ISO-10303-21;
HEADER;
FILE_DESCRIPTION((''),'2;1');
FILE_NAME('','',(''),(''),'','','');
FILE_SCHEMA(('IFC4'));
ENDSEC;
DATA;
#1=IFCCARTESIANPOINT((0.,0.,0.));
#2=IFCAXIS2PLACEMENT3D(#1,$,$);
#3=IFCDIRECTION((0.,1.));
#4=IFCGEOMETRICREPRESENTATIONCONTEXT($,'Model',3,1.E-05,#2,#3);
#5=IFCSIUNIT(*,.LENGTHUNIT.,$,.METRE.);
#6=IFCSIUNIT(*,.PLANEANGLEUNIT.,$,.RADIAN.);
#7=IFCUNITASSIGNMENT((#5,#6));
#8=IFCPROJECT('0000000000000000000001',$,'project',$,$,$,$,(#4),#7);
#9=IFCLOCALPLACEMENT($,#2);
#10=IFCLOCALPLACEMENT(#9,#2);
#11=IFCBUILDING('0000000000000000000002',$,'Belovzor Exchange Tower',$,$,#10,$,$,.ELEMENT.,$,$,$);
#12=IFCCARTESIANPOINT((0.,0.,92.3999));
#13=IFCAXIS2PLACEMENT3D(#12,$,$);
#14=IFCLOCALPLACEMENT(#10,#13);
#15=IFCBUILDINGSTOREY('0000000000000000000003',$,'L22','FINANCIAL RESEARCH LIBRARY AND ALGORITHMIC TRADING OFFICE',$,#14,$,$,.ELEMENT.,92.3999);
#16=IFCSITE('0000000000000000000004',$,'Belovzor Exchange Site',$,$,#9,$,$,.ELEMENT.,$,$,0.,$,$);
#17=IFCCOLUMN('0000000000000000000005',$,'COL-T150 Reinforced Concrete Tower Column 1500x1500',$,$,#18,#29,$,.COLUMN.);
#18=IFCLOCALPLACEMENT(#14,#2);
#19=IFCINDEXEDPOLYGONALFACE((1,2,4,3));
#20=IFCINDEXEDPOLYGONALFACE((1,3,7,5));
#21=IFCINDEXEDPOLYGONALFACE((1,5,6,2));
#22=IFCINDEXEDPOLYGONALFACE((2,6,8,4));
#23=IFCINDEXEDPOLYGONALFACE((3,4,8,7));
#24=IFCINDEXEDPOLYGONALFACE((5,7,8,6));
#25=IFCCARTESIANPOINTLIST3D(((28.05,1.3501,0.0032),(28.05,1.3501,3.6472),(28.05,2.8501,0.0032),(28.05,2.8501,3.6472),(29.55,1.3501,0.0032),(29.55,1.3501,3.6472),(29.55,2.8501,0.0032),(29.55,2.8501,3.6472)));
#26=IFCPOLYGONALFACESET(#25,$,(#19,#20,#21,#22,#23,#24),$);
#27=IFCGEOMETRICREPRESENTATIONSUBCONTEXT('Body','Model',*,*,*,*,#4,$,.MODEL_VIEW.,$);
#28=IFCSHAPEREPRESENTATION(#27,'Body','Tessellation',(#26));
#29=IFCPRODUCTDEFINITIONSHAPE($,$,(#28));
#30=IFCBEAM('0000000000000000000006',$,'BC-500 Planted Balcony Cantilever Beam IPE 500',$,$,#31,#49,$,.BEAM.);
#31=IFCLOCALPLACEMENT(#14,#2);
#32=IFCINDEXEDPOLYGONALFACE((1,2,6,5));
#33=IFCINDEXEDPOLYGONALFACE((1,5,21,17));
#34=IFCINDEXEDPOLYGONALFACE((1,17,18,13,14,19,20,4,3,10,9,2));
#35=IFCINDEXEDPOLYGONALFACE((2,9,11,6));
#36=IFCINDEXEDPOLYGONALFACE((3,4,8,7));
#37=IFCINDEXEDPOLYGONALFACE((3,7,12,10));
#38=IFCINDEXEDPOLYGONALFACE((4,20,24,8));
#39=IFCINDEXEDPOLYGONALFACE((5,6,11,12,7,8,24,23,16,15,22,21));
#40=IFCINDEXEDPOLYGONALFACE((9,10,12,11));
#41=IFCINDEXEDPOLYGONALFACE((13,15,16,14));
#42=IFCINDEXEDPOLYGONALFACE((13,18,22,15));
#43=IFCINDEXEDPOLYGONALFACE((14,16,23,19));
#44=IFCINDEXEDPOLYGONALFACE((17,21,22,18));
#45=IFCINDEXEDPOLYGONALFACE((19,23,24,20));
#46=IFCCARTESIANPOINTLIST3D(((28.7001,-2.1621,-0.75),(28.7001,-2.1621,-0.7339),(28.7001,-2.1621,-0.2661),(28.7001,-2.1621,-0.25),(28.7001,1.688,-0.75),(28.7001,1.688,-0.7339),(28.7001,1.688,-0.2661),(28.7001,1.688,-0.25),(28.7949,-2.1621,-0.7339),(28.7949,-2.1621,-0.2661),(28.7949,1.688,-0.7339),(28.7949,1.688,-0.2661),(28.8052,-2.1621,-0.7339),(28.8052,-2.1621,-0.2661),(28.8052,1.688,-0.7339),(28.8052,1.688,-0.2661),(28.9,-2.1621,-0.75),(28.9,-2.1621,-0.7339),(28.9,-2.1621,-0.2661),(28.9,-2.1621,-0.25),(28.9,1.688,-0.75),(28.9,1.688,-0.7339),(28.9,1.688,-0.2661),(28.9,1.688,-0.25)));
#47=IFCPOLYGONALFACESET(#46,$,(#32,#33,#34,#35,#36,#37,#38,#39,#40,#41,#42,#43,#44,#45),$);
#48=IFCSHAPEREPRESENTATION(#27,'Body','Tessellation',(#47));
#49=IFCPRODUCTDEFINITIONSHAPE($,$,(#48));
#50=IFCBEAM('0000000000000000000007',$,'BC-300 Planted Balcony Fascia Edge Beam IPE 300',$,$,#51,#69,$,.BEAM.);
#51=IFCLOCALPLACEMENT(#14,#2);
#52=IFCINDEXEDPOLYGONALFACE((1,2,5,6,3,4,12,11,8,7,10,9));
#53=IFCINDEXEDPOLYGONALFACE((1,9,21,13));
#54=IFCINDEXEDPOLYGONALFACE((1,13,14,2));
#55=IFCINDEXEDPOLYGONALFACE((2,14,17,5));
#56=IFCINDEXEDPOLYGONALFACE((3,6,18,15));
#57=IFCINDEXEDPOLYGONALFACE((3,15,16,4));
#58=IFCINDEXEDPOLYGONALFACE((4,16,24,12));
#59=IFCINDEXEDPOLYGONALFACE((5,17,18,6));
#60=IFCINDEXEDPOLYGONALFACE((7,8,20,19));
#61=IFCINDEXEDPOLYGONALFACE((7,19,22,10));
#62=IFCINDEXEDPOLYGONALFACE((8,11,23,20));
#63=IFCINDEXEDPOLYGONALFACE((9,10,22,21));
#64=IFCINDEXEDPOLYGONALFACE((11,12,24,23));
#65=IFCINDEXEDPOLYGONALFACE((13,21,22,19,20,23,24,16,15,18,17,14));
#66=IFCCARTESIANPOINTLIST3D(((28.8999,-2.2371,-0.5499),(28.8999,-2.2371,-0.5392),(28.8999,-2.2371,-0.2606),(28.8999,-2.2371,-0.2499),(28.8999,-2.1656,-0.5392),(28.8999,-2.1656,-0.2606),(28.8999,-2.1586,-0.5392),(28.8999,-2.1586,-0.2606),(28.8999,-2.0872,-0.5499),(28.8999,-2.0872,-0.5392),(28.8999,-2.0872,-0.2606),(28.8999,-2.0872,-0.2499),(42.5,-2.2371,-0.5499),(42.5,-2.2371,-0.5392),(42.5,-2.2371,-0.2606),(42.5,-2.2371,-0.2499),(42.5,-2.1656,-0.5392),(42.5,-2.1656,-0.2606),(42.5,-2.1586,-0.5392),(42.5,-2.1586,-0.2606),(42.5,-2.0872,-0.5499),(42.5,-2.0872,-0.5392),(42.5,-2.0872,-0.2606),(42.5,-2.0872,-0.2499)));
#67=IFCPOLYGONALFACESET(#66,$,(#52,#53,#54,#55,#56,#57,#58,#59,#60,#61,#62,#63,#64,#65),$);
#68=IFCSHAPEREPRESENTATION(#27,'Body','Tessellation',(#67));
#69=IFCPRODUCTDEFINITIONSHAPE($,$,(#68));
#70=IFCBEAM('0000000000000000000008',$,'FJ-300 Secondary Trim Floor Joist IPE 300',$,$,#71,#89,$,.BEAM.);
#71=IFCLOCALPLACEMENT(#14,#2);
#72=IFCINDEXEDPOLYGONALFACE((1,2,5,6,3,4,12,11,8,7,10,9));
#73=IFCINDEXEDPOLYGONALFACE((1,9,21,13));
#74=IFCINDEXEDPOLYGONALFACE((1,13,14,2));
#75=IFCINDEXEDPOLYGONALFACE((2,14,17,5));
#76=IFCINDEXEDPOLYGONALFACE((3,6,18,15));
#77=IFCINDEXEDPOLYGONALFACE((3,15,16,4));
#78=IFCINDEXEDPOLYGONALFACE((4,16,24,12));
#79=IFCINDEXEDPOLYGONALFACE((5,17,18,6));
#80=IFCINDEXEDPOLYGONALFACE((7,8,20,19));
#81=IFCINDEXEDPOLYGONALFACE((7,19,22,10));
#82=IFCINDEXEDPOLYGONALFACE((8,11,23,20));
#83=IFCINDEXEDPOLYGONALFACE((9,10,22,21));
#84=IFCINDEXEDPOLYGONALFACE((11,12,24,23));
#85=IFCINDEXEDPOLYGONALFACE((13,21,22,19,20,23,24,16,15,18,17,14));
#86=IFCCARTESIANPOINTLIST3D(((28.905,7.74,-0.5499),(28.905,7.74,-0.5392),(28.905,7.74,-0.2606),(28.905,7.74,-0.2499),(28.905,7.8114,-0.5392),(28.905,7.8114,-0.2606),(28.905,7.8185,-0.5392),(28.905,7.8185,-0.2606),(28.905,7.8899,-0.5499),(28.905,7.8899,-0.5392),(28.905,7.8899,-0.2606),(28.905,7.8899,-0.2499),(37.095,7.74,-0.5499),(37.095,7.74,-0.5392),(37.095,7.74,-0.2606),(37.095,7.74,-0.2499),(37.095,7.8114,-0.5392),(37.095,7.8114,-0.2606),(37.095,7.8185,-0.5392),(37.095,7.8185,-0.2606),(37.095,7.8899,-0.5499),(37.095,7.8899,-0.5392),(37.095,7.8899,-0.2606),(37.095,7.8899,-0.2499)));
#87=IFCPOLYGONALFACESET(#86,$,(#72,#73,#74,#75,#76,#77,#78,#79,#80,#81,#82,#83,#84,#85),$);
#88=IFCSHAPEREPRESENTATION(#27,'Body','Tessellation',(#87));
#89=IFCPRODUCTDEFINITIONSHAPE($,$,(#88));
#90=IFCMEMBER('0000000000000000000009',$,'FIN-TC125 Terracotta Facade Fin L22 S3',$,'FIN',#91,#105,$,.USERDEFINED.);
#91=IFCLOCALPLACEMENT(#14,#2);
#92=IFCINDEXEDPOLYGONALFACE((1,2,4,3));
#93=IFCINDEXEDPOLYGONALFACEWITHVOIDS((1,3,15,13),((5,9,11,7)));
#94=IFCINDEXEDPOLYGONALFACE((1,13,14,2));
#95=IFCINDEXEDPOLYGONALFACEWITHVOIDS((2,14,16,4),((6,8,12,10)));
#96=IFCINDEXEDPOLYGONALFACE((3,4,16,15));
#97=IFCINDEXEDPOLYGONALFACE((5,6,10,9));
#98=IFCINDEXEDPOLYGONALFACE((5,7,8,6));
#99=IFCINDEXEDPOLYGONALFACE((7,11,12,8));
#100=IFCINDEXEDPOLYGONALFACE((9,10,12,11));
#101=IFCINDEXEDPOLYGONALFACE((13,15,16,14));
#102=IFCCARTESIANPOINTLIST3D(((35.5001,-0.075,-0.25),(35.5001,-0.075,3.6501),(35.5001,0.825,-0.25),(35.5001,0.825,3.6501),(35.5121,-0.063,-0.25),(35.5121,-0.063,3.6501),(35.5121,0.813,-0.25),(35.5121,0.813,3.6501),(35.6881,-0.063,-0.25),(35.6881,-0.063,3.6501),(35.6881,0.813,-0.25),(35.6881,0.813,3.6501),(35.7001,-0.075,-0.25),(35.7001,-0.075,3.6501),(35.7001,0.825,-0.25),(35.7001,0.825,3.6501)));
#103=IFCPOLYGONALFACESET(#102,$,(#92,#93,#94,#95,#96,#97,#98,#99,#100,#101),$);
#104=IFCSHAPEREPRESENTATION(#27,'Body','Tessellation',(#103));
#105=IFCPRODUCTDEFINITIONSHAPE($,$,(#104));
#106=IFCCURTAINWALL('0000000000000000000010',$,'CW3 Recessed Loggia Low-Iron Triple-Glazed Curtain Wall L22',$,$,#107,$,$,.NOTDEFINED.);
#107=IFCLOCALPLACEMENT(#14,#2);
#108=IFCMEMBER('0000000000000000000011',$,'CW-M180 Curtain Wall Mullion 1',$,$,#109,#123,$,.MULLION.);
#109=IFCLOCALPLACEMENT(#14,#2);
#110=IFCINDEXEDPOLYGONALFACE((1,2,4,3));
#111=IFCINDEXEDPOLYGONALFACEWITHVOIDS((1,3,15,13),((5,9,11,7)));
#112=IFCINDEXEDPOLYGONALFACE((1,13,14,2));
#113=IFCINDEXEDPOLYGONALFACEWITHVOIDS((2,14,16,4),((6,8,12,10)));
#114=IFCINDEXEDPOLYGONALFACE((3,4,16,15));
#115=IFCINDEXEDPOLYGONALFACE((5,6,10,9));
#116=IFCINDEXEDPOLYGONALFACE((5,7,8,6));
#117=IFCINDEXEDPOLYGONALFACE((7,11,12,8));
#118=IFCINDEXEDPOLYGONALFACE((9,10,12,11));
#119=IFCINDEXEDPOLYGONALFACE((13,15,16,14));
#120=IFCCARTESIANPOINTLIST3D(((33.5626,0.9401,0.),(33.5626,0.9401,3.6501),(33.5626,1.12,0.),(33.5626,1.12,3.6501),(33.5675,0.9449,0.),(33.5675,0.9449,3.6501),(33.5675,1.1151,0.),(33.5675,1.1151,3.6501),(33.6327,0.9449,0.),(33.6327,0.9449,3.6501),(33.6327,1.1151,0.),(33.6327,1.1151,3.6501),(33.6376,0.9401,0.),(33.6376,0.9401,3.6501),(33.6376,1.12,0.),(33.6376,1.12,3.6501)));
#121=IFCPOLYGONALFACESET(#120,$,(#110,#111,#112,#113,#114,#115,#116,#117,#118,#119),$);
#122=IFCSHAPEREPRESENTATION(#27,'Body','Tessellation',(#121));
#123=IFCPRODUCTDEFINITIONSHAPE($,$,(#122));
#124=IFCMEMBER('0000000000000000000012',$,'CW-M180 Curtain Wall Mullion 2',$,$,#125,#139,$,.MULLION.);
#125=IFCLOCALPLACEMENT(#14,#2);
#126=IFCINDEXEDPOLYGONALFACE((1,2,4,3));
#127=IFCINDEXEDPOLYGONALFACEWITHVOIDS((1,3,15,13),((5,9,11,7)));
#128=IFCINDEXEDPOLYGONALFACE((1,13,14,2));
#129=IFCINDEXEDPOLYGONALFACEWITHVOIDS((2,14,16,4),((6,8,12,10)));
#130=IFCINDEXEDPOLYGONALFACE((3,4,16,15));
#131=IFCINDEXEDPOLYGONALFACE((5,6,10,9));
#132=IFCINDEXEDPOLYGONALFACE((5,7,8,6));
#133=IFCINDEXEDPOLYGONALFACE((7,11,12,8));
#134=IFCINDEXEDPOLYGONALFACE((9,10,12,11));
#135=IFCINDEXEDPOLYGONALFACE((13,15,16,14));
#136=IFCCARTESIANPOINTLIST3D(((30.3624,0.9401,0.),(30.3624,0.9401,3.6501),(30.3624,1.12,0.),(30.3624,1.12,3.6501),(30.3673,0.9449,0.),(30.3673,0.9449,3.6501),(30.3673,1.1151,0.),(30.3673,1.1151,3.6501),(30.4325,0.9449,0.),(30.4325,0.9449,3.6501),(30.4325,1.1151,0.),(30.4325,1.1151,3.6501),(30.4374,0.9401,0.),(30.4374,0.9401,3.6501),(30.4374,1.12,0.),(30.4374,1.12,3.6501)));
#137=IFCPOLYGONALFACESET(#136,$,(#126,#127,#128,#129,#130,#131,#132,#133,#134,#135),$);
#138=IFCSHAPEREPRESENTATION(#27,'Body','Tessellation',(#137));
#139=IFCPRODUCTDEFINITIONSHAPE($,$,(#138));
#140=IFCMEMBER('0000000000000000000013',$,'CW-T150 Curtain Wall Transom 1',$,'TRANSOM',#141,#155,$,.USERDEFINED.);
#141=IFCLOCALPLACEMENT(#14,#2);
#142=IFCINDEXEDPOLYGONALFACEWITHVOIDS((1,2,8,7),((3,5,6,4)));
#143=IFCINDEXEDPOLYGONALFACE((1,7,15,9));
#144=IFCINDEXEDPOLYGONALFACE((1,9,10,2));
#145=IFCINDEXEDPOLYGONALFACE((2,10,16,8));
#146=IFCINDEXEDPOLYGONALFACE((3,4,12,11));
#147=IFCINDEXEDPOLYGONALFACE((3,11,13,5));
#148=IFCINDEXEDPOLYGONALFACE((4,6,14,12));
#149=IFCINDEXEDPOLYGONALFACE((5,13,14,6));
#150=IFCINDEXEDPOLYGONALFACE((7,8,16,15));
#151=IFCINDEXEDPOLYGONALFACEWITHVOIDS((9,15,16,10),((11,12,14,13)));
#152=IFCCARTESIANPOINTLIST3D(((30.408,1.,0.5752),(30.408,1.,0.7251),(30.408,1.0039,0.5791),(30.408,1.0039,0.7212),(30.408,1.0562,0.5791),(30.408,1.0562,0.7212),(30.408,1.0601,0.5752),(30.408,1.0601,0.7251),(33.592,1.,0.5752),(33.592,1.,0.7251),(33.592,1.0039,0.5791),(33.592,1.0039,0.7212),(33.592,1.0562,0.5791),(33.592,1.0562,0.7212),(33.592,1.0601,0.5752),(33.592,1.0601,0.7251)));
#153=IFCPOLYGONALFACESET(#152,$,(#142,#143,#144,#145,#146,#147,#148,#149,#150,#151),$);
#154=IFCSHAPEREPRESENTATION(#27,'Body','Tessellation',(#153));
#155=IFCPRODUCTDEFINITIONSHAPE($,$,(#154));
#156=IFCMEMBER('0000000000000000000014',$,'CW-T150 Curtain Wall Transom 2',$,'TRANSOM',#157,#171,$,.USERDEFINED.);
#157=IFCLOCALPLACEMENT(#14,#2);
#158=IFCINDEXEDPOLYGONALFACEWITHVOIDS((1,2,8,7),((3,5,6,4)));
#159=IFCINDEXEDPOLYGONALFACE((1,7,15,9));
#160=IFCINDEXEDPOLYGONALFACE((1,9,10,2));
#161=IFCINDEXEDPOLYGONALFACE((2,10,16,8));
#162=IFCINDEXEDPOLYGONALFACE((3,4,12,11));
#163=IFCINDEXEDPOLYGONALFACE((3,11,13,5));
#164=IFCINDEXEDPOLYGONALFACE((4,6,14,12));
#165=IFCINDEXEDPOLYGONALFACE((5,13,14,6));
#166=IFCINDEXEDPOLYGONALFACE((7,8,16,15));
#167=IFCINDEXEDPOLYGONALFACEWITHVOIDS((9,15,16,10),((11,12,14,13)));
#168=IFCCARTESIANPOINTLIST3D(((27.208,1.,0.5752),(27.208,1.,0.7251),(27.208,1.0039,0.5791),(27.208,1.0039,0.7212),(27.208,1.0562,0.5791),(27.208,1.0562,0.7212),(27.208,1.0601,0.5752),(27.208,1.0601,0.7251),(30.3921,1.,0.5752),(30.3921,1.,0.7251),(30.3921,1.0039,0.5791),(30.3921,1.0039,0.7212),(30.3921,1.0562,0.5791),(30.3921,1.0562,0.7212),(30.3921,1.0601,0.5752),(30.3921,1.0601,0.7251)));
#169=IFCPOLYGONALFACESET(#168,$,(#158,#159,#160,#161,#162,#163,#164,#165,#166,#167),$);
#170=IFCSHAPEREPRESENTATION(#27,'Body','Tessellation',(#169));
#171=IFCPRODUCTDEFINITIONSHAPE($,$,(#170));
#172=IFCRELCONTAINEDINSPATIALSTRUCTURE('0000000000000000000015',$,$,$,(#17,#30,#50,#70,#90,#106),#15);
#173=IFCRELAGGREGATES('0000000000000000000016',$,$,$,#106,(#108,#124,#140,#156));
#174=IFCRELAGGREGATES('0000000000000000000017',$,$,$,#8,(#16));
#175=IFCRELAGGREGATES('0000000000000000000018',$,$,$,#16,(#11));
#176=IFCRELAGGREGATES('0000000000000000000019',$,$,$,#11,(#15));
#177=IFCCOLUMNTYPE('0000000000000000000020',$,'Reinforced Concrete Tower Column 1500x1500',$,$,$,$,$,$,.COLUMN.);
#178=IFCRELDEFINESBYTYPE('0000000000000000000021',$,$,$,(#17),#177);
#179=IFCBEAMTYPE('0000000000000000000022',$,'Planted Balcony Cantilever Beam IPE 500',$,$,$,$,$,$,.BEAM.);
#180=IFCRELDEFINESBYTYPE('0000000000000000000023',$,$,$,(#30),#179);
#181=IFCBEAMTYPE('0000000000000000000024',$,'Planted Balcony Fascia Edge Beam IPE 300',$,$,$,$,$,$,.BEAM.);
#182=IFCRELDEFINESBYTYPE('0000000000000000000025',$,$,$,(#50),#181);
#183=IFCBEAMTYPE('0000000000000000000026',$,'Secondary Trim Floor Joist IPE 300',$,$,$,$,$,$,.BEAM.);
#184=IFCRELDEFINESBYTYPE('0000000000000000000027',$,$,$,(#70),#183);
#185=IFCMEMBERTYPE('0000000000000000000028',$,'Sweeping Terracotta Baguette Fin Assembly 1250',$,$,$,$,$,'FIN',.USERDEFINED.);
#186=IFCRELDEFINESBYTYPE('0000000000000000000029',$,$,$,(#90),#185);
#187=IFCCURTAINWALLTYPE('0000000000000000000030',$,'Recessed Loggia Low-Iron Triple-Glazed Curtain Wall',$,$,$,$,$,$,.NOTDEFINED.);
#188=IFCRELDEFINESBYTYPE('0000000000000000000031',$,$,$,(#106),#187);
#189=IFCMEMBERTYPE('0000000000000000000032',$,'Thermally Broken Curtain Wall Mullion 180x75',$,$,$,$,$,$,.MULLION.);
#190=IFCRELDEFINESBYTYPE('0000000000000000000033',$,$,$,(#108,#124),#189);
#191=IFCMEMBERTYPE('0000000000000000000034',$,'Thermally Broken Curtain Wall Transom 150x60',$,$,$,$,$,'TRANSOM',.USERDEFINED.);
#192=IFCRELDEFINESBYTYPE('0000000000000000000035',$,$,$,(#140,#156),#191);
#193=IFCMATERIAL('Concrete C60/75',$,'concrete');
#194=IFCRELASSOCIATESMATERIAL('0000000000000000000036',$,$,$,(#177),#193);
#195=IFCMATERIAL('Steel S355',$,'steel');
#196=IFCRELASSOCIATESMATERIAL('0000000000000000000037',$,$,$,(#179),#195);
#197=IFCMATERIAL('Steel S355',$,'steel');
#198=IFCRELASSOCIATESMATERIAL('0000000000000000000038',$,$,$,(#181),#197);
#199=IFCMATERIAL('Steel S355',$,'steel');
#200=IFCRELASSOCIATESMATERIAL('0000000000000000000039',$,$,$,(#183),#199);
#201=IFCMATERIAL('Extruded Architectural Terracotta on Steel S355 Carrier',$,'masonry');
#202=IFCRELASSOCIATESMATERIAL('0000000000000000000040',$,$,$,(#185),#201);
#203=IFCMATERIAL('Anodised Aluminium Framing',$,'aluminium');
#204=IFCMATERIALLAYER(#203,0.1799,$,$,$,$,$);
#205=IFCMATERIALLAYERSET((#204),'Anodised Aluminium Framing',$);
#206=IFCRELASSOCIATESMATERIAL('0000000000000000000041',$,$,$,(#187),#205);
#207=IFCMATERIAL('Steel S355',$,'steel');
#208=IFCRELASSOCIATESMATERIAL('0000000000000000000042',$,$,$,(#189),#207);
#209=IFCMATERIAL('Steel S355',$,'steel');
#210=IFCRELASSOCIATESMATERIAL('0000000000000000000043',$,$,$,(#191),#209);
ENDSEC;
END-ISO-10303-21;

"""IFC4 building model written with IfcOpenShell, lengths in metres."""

from ifc_helpers import new_model, si_unit, direction, frame, origin, origin_2d, place, context, subcontext, project, spatial, rectangle, hollow_rectangle, i_section, extrude, material, layer, layer_set, material_profile, profile_set, type_object, element, aggregate, save


model = new_model("IFC4")

# Units and contexts
model_context = context("Model", 3, precision=1e-05, world=origin(), true_north=direction((0.0, 1.0)))
body_context = subcontext(model_context, "Body", "Model", "MODEL_VIEW")
ifc_project = project(units=[si_unit("LENGTHUNIT", "METRE"), si_unit("PLANEANGLEUNIT", "RADIAN")], contexts=[model_context])

# Site, building, storey
site_placement = place(None, origin())
site = spatial("IfcSite", under=ifc_project, at=site_placement, Name="Belovzor Exchange Site", CompositionType="ELEMENT", RefElevation=0.0)
building_placement = place(site_placement, origin())
building = spatial("IfcBuilding", under=site, at=building_placement, Name="Belovzor Exchange Tower", CompositionType="ELEMENT")
storey_placement = place(building_placement, frame((0.0, 0.0, 92.3999)))
storey = spatial("IfcBuildingStorey", under=building, at=storey_placement, Name="L22", Description="FINANCIAL RESEARCH LIBRARY AND ALGORITHMIC TRADING OFFICE", CompositionType="ELEMENT", Elevation=92.3999)

# Column
ifc_material_1 = material(Name="Concrete C60/75", Category="concrete")
ifc_material_profile_1 = material_profile(ifc_material_1, rectangle(XDim=1.5, YDim=1.5, at=origin_2d()))
ifc_profile_set_1 = profile_set([ifc_material_profile_1], Name="Concrete C60/75")
column_type = type_object("IfcColumnType", Name="Reinforced Concrete Tower Column 1500x1500", PredefinedType="COLUMN", material=ifc_profile_set_1)
column_placement = place(storey_placement, frame((28.8, 2.1001, 0.0032), z_axis=(0.0, 0.0, 1.0), x_axis=(1.0, 0.0, 0.0)))
element("IfcColumn", 1, at=column_placement, inside=storey, type_object=column_type, Name="COL-T150 Reinforced Concrete Tower Column 1500x1500", PredefinedType="COLUMN", context=body_context, shape_type="SweptSolid", body=[
    extrude(rectangle(XDim=1.5, YDim=1.5, at=origin_2d()), origin(), (0.0, 0.0, 1.0), 3.644),
])

# Beams
ifc_material_2 = material(Name="Steel S355", Category="steel")
ifc_material_profile_2 = material_profile(ifc_material_2, i_section(OverallWidth=0.2, OverallDepth=0.5, WebThickness=0.0103, FlangeThickness=0.0161, at=origin_2d()))
ifc_profile_set_2 = profile_set([ifc_material_profile_2], Name="Steel S355")
beam_type_1 = type_object("IfcBeamType", Name="Planted Balcony Cantilever Beam IPE 500", PredefinedType="BEAM", material=ifc_profile_set_2)
beam_1_placement = place(storey_placement, frame((28.8, 1.688, -0.5), z_axis=(0.0, -1.0, 0.0), x_axis=(1.0, 0.0, 0.0)))
element("IfcBeam", 2, at=beam_1_placement, inside=storey, type_object=beam_type_1, Name="BC-500 Planted Balcony Cantilever Beam IPE 500", PredefinedType="BEAM", context=body_context, shape_type="SweptSolid", body=[
    extrude(i_section(OverallWidth=0.2, OverallDepth=0.5, WebThickness=0.0103, FlangeThickness=0.0161, at=origin_2d()), origin(), (0.0, 0.0, 1.0), 3.8501),
])
ifc_material_3 = material(Name="Steel S355", Category="steel")
ifc_material_profile_3 = material_profile(ifc_material_3, i_section(OverallWidth=0.1499, OverallDepth=0.3, WebThickness=0.0071, FlangeThickness=0.0107, at=origin_2d()))
ifc_profile_set_3 = profile_set([ifc_material_profile_3], Name="Steel S355")
beam_type_2 = type_object("IfcBeamType", Name="Planted Balcony Fascia Edge Beam IPE 300", PredefinedType="BEAM", material=ifc_profile_set_3)
beam_2_placement = place(storey_placement, frame((28.8999, -2.1621, -0.3999), z_axis=(1.0, 0.0, 0.0), x_axis=(0.0, 1.0, 0.0)))
element("IfcBeam", 3, at=beam_2_placement, inside=storey, type_object=beam_type_2, Name="BC-300 Planted Balcony Fascia Edge Beam IPE 300", PredefinedType="BEAM", context=body_context, shape_type="SweptSolid", body=[
    extrude(i_section(OverallWidth=0.1499, OverallDepth=0.3, WebThickness=0.0071, FlangeThickness=0.0107, at=origin_2d()), origin(), (0.0, 0.0, 1.0), 13.6001),
])
ifc_material_4 = material(Name="Steel S355", Category="steel")
ifc_material_profile_4 = material_profile(ifc_material_4, i_section(OverallWidth=0.1499, OverallDepth=0.3, WebThickness=0.0071, FlangeThickness=0.0107, at=origin_2d()))
ifc_profile_set_4 = profile_set([ifc_material_profile_4], Name="Steel S355")
beam_type_3 = type_object("IfcBeamType", Name="Secondary Trim Floor Joist IPE 300", PredefinedType="BEAM", material=ifc_profile_set_4)
beam_3_placement = place(storey_placement, frame((28.905, 7.8149, -0.3999), z_axis=(1.0, 0.0, 0.0), x_axis=(0.0, 1.0, 0.0)))
element("IfcBeam", 4, at=beam_3_placement, inside=storey, type_object=beam_type_3, Name="FJ-300 Secondary Trim Floor Joist IPE 300", PredefinedType="BEAM", context=body_context, shape_type="SweptSolid", body=[
    extrude(i_section(OverallWidth=0.1499, OverallDepth=0.3, WebThickness=0.0071, FlangeThickness=0.0107, at=origin_2d()), origin(), (0.0, 0.0, 1.0), 8.1899),
])

# Member
ifc_material_5 = material(Name="Extruded Architectural Terracotta on Steel S355 Carrier", Category="masonry")
ifc_material_profile_5 = material_profile(ifc_material_5, hollow_rectangle(XDim=0.2, YDim=0.8999, WallThickness=0.012, at=origin_2d()))
ifc_profile_set_5 = profile_set([ifc_material_profile_5], Name="Extruded Architectural Terracotta on Steel S355 Carrier")
member_type_1 = type_object("IfcMemberType", Name="Sweeping Terracotta Baguette Fin Assembly 1250", ElementType="FIN", PredefinedType="USERDEFINED", material=ifc_profile_set_5)
member_1_placement = place(storey_placement, frame((35.6001, 0.375, -0.25), z_axis=(0.0, 0.0, 1.0), x_axis=(1.0, 0.0, 0.0)))
element("IfcMember", 5, at=member_1_placement, inside=storey, type_object=member_type_1, Name="FIN-TC125 Terracotta Facade Fin L22 S3", ObjectType="FIN", PredefinedType="USERDEFINED", context=body_context, shape_type="SweptSolid", body=[
    extrude(hollow_rectangle(XDim=0.2, YDim=0.8999, WallThickness=0.012, at=origin_2d()), origin(), (0.0, 0.0, 1.0), 3.9001),
])

# Curtain wall, members
ifc_material_6 = material(Name="Anodised Aluminium Framing", Category="aluminium")
ifc_layer_1 = layer(ifc_material_6, 0.1799)
ifc_layer_set_1 = layer_set([ifc_layer_1], Name="Anodised Aluminium Framing")
curtain_wall_type = type_object("IfcCurtainWallType", Name="Recessed Loggia Low-Iron Triple-Glazed Curtain Wall", PredefinedType="NOTDEFINED", material=ifc_layer_set_1)
curtain_wall_placement = place(storey_placement, origin())
curtain_wall = element("IfcCurtainWall", 6, at=curtain_wall_placement, inside=storey, type_object=curtain_wall_type, Name="CW3 Recessed Loggia Low-Iron Triple-Glazed Curtain Wall L22", PredefinedType="NOTDEFINED")
ifc_material_7 = material(Name="Steel S355", Category="steel")
ifc_material_profile_6 = material_profile(ifc_material_7, hollow_rectangle(XDim=0.075, YDim=0.1799, WallThickness=0.0049, at=origin_2d()))
ifc_profile_set_6 = profile_set([ifc_material_profile_6], Name="Steel S355")
member_type_2 = type_object("IfcMemberType", Name="Thermally Broken Curtain Wall Mullion 180x75", PredefinedType="MULLION", material=ifc_profile_set_6)
member_2_placement = place(storey_placement, frame((33.6001, 1.03, 0.0), z_axis=(0.0, 0.0, 1.0), x_axis=(-1.0, 0.0, 0.0)))
member_2 = element("IfcMember", 7, at=member_2_placement, type_object=member_type_2, Name="CW-M180 Curtain Wall Mullion 1", PredefinedType="MULLION", context=body_context, shape_type="SweptSolid", body=[
    extrude(hollow_rectangle(XDim=0.075, YDim=0.1799, WallThickness=0.0049, at=origin_2d()), origin(), (0.0, 0.0, 1.0), 3.6501),
])
member_3_placement = place(storey_placement, frame((30.3999, 1.03, 0.0), z_axis=(0.0, 0.0, 1.0), x_axis=(-1.0, 0.0, 0.0)))
member_3 = element("IfcMember", 8, at=member_3_placement, type_object=member_type_2, Name="CW-M180 Curtain Wall Mullion 2", PredefinedType="MULLION", context=body_context, shape_type="SweptSolid", body=[
    extrude(hollow_rectangle(XDim=0.075, YDim=0.1799, WallThickness=0.0049, at=origin_2d()), origin(), (0.0, 0.0, 1.0), 3.6501),
])
ifc_material_8 = material(Name="Steel S355", Category="steel")
ifc_material_profile_7 = material_profile(ifc_material_8, hollow_rectangle(XDim=0.0601, YDim=0.1499, WallThickness=0.0039, at=origin_2d()))
ifc_profile_set_7 = profile_set([ifc_material_profile_7], Name="Steel S355")
member_type_3 = type_object("IfcMemberType", Name="Thermally Broken Curtain Wall Transom 150x60", ElementType="TRANSOM", PredefinedType="USERDEFINED", material=ifc_profile_set_7)
member_4_placement = place(storey_placement, frame((33.592, 1.03, 0.6501), z_axis=(-1.0, 0.0, 0.0), x_axis=(0.0, -1.0, 0.0)))
member_4 = element("IfcMember", 9, at=member_4_placement, type_object=member_type_3, Name="CW-T150 Curtain Wall Transom 1", ObjectType="TRANSOM", PredefinedType="USERDEFINED", context=body_context, shape_type="SweptSolid", body=[
    extrude(hollow_rectangle(XDim=0.0601, YDim=0.1499, WallThickness=0.0039, at=origin_2d()), origin(), (0.0, 0.0, 1.0), 3.1841),
])
member_5_placement = place(storey_placement, frame((30.3921, 1.03, 0.6501), z_axis=(-1.0, 0.0, 0.0), x_axis=(0.0, -1.0, 0.0)))
member_5 = element("IfcMember", 10, at=member_5_placement, type_object=member_type_3, Name="CW-T150 Curtain Wall Transom 2", ObjectType="TRANSOM", PredefinedType="USERDEFINED", context=body_context, shape_type="SweptSolid", body=[
    extrude(hollow_rectangle(XDim=0.0601, YDim=0.1499, WallThickness=0.0039, at=origin_2d()), origin(), (0.0, 0.0, 1.0), 3.1841),
])

aggregate(curtain_wall, [member_2, member_3, member_4, member_5])

save(model, "model.ifc")
